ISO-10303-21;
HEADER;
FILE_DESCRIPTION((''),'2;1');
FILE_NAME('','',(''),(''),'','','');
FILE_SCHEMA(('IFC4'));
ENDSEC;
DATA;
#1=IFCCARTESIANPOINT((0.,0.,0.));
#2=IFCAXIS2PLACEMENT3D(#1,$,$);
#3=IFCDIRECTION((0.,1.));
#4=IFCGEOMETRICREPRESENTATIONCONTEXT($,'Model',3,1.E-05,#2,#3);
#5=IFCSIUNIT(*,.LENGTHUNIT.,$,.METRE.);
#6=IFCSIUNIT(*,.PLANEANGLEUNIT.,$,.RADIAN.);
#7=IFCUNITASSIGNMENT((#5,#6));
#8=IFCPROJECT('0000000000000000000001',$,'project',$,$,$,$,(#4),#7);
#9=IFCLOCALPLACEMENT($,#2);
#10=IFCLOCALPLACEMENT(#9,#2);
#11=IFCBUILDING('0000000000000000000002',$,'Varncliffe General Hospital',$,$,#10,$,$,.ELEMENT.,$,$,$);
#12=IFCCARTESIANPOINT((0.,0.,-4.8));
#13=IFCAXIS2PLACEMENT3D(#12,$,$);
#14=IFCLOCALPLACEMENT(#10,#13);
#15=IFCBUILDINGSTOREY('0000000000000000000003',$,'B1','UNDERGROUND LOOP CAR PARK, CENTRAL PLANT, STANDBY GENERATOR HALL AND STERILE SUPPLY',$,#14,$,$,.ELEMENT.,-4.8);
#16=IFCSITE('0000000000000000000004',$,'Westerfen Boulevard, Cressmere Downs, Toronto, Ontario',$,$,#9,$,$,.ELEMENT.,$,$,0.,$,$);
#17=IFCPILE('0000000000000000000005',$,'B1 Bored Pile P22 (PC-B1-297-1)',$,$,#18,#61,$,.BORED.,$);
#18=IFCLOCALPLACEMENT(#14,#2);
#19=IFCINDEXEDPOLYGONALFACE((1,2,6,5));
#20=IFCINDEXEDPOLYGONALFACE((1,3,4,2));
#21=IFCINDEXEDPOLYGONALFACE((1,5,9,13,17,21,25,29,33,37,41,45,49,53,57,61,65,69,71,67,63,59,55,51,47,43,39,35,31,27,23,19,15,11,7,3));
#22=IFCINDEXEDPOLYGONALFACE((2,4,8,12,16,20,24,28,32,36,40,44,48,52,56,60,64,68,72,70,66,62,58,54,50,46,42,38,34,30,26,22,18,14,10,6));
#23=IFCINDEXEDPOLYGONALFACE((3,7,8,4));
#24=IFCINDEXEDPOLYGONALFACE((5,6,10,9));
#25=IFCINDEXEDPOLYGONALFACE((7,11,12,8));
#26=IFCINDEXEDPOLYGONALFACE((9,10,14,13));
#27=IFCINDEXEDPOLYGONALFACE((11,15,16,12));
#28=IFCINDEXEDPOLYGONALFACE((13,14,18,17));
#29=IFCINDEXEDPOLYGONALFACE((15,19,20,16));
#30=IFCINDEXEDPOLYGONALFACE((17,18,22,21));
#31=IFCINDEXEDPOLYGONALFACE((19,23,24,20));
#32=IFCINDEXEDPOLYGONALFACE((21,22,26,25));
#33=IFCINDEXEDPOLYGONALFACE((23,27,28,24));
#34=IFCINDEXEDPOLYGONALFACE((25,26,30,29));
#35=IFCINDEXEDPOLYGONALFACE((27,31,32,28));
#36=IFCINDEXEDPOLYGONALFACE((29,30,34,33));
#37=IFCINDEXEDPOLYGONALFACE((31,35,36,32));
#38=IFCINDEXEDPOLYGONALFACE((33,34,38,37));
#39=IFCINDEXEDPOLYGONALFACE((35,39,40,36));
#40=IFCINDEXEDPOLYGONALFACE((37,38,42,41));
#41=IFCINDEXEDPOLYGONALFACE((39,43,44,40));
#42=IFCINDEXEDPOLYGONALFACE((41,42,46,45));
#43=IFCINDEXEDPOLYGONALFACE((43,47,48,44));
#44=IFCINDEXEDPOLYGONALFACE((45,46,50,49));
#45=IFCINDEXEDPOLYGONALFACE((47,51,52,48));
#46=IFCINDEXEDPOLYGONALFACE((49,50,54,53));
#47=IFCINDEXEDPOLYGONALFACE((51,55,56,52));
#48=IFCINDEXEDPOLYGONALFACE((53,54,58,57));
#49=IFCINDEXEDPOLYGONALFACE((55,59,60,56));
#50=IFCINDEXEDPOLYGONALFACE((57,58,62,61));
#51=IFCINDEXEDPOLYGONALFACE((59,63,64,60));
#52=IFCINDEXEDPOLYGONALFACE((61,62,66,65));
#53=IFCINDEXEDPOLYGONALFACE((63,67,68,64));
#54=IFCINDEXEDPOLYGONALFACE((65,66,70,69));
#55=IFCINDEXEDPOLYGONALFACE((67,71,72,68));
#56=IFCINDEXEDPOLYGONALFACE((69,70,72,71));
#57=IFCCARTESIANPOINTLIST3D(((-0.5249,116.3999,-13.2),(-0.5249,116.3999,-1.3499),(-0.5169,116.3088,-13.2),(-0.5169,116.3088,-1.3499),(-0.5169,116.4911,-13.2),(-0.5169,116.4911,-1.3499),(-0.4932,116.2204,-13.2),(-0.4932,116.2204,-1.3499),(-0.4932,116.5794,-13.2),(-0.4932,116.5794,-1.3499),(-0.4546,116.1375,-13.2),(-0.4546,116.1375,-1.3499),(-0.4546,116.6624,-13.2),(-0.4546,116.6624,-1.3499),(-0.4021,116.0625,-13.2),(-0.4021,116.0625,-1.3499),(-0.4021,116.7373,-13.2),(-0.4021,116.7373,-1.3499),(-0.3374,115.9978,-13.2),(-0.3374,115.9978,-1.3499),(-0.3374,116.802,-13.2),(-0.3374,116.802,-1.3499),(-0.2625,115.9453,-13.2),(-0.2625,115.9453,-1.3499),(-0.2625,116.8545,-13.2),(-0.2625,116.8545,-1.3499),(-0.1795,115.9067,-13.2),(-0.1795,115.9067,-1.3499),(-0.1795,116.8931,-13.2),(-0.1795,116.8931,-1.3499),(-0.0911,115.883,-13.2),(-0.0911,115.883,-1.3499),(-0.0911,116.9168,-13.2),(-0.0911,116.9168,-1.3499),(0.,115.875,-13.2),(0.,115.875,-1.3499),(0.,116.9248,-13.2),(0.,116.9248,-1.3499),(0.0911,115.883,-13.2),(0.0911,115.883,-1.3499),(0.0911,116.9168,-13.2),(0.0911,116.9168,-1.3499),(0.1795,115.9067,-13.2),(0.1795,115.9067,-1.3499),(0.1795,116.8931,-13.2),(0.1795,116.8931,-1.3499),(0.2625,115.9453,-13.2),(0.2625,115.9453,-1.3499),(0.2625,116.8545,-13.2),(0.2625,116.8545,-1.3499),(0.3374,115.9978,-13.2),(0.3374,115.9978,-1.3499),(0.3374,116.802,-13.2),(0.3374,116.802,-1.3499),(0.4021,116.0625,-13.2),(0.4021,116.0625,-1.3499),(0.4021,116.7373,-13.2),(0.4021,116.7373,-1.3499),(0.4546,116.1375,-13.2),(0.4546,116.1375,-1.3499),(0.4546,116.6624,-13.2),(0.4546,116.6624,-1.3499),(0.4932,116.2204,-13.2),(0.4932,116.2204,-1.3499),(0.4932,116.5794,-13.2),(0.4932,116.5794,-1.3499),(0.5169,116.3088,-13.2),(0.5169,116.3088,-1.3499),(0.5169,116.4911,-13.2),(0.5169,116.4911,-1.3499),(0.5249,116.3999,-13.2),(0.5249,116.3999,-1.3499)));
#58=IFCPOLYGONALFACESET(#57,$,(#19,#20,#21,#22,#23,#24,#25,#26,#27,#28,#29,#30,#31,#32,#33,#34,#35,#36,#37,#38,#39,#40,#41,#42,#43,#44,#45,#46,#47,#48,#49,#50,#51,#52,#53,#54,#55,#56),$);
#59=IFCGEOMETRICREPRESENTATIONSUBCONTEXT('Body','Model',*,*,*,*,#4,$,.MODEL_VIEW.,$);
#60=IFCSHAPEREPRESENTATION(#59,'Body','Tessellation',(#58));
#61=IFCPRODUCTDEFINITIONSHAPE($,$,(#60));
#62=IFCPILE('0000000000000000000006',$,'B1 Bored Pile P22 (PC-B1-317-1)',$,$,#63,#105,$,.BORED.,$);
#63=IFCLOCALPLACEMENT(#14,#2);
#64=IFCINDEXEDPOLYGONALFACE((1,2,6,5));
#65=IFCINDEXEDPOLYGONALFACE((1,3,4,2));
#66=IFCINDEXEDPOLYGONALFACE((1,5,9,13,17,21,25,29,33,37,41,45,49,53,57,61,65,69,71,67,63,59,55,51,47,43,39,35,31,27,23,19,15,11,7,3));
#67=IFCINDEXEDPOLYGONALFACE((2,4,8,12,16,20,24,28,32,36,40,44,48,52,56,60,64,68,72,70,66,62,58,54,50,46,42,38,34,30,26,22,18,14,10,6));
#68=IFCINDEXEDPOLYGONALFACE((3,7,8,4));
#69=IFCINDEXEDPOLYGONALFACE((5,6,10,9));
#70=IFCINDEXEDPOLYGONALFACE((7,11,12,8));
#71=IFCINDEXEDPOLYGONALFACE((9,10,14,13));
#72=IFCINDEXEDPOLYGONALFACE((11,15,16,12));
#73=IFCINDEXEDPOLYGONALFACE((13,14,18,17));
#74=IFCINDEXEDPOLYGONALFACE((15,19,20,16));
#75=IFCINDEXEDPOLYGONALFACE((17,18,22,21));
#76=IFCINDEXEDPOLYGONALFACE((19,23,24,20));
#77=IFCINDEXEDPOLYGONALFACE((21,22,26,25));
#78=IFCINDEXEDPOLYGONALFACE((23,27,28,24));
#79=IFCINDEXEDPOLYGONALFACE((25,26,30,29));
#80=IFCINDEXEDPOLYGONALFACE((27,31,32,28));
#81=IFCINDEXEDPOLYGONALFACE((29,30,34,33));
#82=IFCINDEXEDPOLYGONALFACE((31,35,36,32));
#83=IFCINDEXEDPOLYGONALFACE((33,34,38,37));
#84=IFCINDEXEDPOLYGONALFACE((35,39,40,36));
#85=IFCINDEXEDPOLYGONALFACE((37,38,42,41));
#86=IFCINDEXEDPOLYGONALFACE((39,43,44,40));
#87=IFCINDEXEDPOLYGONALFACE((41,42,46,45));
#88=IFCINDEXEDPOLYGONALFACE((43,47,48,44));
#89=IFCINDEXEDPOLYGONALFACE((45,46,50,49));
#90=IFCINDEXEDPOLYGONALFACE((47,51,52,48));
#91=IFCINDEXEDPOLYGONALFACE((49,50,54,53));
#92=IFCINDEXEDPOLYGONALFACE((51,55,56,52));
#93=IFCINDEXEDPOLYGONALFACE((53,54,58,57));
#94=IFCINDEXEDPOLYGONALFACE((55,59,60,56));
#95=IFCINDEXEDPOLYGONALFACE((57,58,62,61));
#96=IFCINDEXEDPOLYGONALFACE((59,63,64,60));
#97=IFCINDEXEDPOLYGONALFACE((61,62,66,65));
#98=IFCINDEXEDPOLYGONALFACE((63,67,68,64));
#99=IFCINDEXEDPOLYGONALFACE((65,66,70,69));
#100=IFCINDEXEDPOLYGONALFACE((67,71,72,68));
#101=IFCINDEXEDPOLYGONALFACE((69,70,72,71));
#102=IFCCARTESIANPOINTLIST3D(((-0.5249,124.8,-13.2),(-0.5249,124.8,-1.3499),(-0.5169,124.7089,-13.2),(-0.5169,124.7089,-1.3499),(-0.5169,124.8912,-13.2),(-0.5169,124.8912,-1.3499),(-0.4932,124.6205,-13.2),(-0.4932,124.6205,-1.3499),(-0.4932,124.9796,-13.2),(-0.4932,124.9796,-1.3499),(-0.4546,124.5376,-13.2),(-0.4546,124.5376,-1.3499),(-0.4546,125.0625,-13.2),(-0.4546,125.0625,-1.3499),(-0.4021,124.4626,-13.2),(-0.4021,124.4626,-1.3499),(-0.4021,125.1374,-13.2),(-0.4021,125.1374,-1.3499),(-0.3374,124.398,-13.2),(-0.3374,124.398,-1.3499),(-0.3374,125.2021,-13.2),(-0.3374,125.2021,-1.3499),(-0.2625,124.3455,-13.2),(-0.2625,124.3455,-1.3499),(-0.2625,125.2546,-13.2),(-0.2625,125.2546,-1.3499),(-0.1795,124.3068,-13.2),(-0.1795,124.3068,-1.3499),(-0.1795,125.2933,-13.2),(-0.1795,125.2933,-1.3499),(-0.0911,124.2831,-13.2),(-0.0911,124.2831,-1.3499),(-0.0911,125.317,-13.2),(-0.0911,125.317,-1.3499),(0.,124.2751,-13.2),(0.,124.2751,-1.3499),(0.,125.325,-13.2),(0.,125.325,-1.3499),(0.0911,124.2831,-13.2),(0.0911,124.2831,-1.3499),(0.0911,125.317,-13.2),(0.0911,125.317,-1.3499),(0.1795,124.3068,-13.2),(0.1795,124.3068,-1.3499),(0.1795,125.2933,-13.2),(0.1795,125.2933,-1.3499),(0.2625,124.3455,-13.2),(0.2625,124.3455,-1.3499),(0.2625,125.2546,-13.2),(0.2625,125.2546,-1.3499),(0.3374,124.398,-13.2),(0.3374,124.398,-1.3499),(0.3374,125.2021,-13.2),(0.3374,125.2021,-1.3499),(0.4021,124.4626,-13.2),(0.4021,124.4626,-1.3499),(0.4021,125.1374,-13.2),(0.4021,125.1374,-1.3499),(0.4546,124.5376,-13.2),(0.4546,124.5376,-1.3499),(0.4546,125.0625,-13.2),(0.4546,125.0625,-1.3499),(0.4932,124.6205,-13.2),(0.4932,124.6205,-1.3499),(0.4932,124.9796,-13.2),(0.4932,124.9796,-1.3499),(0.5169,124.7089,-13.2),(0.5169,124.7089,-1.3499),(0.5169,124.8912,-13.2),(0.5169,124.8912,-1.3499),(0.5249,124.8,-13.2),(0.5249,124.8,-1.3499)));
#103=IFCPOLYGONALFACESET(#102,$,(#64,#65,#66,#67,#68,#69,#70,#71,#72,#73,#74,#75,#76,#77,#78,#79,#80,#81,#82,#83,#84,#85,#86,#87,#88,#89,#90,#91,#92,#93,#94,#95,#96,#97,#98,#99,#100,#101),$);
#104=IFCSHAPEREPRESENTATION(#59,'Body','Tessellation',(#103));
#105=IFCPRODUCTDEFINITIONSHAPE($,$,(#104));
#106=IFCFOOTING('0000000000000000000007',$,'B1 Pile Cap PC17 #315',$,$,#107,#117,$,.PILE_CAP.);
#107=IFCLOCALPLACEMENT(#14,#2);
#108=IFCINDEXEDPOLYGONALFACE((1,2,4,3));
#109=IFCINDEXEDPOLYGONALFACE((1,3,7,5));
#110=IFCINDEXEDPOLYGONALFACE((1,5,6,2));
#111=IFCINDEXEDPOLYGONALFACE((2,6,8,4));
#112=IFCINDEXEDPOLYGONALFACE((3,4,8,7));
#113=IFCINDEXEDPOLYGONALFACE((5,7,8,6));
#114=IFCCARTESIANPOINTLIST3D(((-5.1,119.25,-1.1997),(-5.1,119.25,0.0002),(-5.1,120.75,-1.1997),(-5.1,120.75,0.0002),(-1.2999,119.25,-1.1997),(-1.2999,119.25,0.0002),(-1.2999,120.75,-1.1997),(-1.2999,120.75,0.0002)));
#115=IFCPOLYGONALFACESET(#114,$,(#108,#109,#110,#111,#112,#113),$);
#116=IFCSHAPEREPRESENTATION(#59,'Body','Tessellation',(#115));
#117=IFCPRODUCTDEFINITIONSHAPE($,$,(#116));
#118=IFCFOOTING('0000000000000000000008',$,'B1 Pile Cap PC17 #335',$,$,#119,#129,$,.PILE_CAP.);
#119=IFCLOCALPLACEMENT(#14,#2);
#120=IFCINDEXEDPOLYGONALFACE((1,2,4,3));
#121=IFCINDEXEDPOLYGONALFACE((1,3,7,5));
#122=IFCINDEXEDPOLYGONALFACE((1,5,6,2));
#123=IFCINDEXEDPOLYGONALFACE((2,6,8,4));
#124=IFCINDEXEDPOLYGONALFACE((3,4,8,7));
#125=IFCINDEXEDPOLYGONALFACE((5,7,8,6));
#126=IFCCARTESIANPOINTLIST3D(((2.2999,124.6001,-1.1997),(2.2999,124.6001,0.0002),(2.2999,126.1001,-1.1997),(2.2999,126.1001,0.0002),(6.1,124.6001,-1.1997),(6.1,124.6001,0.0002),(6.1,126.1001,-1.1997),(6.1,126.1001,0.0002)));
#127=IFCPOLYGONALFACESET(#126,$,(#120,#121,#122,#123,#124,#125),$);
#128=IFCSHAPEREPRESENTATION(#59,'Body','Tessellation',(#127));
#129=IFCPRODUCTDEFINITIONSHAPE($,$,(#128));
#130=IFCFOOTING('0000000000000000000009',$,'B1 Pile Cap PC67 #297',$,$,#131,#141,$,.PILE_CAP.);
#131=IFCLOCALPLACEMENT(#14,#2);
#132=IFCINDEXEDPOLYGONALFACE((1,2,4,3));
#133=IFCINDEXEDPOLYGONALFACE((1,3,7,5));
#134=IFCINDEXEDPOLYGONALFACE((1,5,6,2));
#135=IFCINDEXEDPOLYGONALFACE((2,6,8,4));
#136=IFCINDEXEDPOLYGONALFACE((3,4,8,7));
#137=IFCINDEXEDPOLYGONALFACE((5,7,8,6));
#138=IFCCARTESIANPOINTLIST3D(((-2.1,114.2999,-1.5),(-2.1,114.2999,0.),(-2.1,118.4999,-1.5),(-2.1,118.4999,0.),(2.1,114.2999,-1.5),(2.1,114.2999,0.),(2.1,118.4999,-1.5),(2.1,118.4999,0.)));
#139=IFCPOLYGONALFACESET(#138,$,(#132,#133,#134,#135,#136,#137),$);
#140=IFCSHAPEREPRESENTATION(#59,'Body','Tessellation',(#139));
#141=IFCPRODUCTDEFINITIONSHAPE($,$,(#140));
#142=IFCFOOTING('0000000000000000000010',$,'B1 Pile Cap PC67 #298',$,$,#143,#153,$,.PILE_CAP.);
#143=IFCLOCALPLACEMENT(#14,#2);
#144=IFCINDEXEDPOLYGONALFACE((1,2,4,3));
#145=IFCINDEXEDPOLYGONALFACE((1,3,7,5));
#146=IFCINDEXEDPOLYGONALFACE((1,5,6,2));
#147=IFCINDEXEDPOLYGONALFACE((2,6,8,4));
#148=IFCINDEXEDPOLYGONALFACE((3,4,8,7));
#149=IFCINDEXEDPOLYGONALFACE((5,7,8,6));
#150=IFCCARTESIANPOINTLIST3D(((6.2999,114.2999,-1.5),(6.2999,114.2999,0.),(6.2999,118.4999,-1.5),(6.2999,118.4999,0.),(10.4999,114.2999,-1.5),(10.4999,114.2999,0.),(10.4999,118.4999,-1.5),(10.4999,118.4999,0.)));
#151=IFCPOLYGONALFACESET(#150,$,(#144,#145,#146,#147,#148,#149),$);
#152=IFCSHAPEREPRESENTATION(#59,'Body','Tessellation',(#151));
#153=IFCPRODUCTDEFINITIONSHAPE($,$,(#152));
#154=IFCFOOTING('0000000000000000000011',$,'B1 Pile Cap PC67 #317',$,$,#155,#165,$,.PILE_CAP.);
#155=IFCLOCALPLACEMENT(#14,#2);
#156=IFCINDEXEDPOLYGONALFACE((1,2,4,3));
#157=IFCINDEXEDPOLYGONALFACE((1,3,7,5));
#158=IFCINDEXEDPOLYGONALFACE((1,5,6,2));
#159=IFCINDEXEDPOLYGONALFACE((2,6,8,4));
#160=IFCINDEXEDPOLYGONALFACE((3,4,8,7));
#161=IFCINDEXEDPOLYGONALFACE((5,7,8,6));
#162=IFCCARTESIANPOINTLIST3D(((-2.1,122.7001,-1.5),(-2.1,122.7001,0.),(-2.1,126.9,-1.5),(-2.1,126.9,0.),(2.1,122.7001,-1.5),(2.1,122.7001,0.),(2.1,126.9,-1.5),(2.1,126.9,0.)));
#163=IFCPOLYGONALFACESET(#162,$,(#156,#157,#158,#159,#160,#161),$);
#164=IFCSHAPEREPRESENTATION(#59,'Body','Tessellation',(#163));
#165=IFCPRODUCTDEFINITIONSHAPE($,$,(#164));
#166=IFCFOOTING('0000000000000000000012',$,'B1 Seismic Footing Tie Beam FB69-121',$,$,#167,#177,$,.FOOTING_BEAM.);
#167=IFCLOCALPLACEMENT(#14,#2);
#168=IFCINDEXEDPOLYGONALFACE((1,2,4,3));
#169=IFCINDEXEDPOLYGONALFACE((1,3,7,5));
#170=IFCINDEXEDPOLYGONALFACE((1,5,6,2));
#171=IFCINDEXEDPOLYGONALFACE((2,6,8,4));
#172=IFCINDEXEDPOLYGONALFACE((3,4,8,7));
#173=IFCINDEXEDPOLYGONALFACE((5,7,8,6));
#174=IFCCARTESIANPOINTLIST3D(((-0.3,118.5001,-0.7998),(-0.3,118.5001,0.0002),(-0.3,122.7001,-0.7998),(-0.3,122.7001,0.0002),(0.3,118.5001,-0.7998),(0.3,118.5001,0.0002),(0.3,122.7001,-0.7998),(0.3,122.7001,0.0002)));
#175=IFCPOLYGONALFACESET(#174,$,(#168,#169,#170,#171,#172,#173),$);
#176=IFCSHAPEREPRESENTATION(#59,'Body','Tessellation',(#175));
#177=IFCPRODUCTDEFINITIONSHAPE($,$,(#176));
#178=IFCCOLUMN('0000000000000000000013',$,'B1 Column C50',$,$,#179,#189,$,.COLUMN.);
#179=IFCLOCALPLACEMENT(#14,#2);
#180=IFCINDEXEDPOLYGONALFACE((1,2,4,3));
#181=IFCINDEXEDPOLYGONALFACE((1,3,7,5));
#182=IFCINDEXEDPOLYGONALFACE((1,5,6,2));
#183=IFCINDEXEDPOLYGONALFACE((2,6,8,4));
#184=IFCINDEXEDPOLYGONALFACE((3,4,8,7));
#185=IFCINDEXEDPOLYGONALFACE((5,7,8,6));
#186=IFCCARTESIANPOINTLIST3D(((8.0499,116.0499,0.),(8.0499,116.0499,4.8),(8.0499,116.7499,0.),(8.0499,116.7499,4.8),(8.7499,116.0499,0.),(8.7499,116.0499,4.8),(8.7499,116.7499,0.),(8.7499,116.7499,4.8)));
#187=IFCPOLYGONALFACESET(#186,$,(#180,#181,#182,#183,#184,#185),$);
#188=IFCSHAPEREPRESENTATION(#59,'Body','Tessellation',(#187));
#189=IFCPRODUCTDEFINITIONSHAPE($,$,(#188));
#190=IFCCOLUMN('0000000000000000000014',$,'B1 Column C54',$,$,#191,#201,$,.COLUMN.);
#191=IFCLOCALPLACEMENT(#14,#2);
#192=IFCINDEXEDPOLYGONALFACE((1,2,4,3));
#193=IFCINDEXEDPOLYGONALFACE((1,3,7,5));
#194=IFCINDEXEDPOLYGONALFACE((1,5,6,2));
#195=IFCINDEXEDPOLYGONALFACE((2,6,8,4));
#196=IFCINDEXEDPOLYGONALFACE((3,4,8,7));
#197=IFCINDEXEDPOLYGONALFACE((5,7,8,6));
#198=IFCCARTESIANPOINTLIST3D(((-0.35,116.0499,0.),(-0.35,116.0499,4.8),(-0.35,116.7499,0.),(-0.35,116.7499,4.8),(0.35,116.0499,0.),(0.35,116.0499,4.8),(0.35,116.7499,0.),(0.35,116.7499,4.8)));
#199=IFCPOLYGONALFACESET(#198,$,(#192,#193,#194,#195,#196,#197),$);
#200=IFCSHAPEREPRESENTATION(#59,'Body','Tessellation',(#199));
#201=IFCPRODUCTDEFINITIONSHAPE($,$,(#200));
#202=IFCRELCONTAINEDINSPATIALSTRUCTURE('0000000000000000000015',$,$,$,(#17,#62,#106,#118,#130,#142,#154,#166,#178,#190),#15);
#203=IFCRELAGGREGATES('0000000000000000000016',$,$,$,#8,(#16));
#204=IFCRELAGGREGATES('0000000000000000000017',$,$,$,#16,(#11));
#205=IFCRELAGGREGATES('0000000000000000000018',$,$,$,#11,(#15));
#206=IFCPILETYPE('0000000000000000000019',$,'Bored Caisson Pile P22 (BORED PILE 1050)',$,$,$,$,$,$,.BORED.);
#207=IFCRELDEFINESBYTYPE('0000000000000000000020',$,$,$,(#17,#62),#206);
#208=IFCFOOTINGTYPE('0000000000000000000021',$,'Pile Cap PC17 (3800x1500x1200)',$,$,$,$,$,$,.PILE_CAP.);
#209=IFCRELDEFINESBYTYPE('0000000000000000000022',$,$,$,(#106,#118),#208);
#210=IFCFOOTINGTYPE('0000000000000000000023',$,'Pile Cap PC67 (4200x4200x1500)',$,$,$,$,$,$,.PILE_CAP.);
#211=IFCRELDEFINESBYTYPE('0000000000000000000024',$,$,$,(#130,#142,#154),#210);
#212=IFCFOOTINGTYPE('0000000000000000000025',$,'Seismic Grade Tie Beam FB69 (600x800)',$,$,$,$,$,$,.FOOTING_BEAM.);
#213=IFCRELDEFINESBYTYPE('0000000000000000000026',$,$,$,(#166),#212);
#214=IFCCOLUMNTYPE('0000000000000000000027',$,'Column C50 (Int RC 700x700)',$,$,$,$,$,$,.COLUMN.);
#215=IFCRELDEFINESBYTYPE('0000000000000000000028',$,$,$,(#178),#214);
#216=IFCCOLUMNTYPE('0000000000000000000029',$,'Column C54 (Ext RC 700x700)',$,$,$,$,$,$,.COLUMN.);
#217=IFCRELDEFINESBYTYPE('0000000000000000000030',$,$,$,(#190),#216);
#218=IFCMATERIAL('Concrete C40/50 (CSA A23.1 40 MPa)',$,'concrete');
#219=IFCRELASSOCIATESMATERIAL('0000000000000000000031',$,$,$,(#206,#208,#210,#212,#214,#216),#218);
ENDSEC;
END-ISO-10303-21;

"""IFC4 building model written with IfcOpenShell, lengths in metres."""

from ifc_helpers import new_model, si_unit, direction, frame, origin, origin_2d, place, context, subcontext, project, spatial, rectangle, circle, extrude, material, material_profile, profile_set, type_object, element, save


model = new_model("IFC4")

# Units and contexts
model_context = context("Model", 3, precision=1e-05, world=origin(), true_north=direction((0.0, 1.0)))
body_context = subcontext(model_context, "Body", "Model", "MODEL_VIEW")
ifc_project = project(units=[si_unit("LENGTHUNIT", "METRE"), si_unit("PLANEANGLEUNIT", "RADIAN")], contexts=[model_context])

# Site, building, storey
site_placement = place(None, origin())
site = spatial("IfcSite", under=ifc_project, at=site_placement, Name="Westerfen Boulevard, Cressmere Downs, Toronto, Ontario", CompositionType="ELEMENT", RefElevation=0.0)
building_placement = place(site_placement, origin())
building = spatial("IfcBuilding", under=site, at=building_placement, Name="Varncliffe General Hospital", CompositionType="ELEMENT")
storey_placement = place(building_placement, frame((0.0, 0.0, -4.8)))
storey = spatial("IfcBuildingStorey", under=building, at=storey_placement, Name="B1", Description="UNDERGROUND LOOP CAR PARK, CENTRAL PLANT, STANDBY GENERATOR HALL AND STERILE SUPPLY", CompositionType="ELEMENT", Elevation=-4.8)

# Piles
ifc_material_1 = material(Name="Concrete C40/50 (CSA A23.1 40 MPa)", Category="concrete")
ifc_material_profile_1 = material_profile(ifc_material_1, circle(Radius=0.5249, at=origin_2d()), Name="BORED PILE 1050")
ifc_profile_set_1 = profile_set([ifc_material_profile_1], Name="Concrete C40/50 (CSA A23.1 40 MPa)")
pile_type_1 = type_object("IfcPileType", Name="Bored Caisson Pile P22 (BORED PILE 1050)", PredefinedType="BORED", material=ifc_profile_set_1)
for number, where, z_axis, x_axis, name in (
    (1, (0.0, 116.3999, -1.3499), (0.0, 0.0, -1.0), (1.0, 0.0, 0.0), "B1 Bored Pile P22 (PC-B1-297-1)"),
    (2, (0.0, 124.8, -1.3499), (0.0, 0.0, -1.0), (1.0, 0.0, 0.0), "B1 Bored Pile P22 (PC-B1-317-1)"),
):
    element("IfcPile", number, at=place(storey_placement, frame(where, z_axis=z_axis, x_axis=x_axis)), inside=storey, type_object=pile_type_1, Name=name, PredefinedType="BORED", context=body_context, shape_type="SweptSolid", body=[
        extrude(circle(Radius=0.5249, at=origin_2d()), origin(), (0.0, 0.0, 1.0), 11.8501),
    ])

# Footings
footing_type_1 = type_object("IfcFootingType", Name="Pile Cap PC17 (3800x1500x1200)", PredefinedType="PILE_CAP", material=ifc_material_1)
for number, where, z_axis, x_axis, name in (
    (3, (-3.2, 120.0, -1.1997), (0.0, 0.0, 1.0), (1.0, 0.0, 0.0), "B1 Pile Cap PC17 #315"),
    (4, (4.2, 125.3501, -1.1997), (0.0, 0.0, 1.0), (1.0, 0.0, 0.0), "B1 Pile Cap PC17 #335"),
):
    element("IfcFooting", number, at=place(storey_placement, frame(where, z_axis=z_axis, x_axis=x_axis)), inside=storey, type_object=footing_type_1, Name=name, PredefinedType="PILE_CAP", context=body_context, shape_type="SweptSolid", body=[
        extrude(rectangle(XDim=3.8, YDim=1.5, at=origin_2d()), origin(), (0.0, 0.0, 1.0), 1.2),
    ])
footing_type_2 = type_object("IfcFootingType", Name="Pile Cap PC67 (4200x4200x1500)", PredefinedType="PILE_CAP", material=ifc_material_1)
for number, where, z_axis, x_axis, name in (
    (5, (0.0, 116.3999, -1.5), (0.0, 0.0, 1.0), (1.0, 0.0, 0.0), "B1 Pile Cap PC67 #297"),
    (6, (8.3999, 116.3999, -1.5), (0.0, 0.0, 1.0), (1.0, 0.0, 0.0), "B1 Pile Cap PC67 #298"),
    (7, (0.0, 124.8, -1.5), (0.0, 0.0, 1.0), (1.0, 0.0, 0.0), "B1 Pile Cap PC67 #317"),
):
    element("IfcFooting", number, at=place(storey_placement, frame(where, z_axis=z_axis, x_axis=x_axis)), inside=storey, type_object=footing_type_2, Name=name, PredefinedType="PILE_CAP", context=body_context, shape_type="SweptSolid", body=[
        extrude(rectangle(XDim=4.2, YDim=4.2, at=origin_2d()), origin(), (0.0, 0.0, 1.0), 1.5),
    ])
footing_type_3 = type_object("IfcFootingType", Name="Seismic Grade Tie Beam FB69 (600x800)", PredefinedType="FOOTING_BEAM", material=ifc_material_1)
footing_placement = place(storey_placement, frame((0.0, 120.6001, -0.7998), z_axis=(0.0, 0.0, 1.0), x_axis=(1.0, 0.0, 0.0)))
element("IfcFooting", 8, at=footing_placement, inside=storey, type_object=footing_type_3, Name="B1 Seismic Footing Tie Beam FB69-121", PredefinedType="FOOTING_BEAM", context=body_context, shape_type="SweptSolid", body=[
    extrude(rectangle(XDim=0.6001, YDim=4.2, at=origin_2d()), origin(), (0.0, 0.0, 1.0), 0.8),
])

# Columns
ifc_material_profile_2 = material_profile(ifc_material_1, rectangle(XDim=0.7, YDim=0.7, at=origin_2d()), Name="RC 700x700")
ifc_profile_set_2 = profile_set([ifc_material_profile_2], Name="Concrete C40/50 (CSA A23.1 40 MPa)")
column_type_1 = type_object("IfcColumnType", Name="Column C50 (Int RC 700x700)", PredefinedType="COLUMN", material=ifc_profile_set_2)
column_1_placement = place(storey_placement, frame((8.3999, 116.3999, 0.0), z_axis=(0.0, 0.0, 1.0), x_axis=(1.0, 0.0, 0.0)))
element("IfcColumn", 9, at=column_1_placement, inside=storey, type_object=column_type_1, Name="B1 Column C50", PredefinedType="COLUMN", context=body_context, shape_type="SweptSolid", body=[
    extrude(rectangle(XDim=0.7, YDim=0.7, at=origin_2d()), origin(), (0.0, 0.0, 1.0), 4.8),
])
ifc_material_profile_3 = material_profile(ifc_material_1, rectangle(XDim=0.7, YDim=0.7, at=origin_2d()), Name="RC 700x700")
ifc_profile_set_3 = profile_set([ifc_material_profile_3], Name="Concrete C40/50 (CSA A23.1 40 MPa)")
column_type_2 = type_object("IfcColumnType", Name="Column C54 (Ext RC 700x700)", PredefinedType="COLUMN", material=ifc_profile_set_3)
for number, where, z_axis, x_axis, name in (
    (10, (0.0, 116.3999, 0.0), (0.0, 0.0, 1.0), (1.0, 0.0, 0.0), "B1 Column C54"),
):
    element("IfcColumn", number, at=place(storey_placement, frame(where, z_axis=z_axis, x_axis=x_axis)), inside=storey, type_object=column_type_2, Name=name, PredefinedType="COLUMN", context=body_context, shape_type="SweptSolid", body=[
        extrude(rectangle(XDim=0.7, YDim=0.7, at=origin_2d()), origin(), (0.0, 0.0, 1.0), 4.8),
    ])

save(model, "model.ifc")
